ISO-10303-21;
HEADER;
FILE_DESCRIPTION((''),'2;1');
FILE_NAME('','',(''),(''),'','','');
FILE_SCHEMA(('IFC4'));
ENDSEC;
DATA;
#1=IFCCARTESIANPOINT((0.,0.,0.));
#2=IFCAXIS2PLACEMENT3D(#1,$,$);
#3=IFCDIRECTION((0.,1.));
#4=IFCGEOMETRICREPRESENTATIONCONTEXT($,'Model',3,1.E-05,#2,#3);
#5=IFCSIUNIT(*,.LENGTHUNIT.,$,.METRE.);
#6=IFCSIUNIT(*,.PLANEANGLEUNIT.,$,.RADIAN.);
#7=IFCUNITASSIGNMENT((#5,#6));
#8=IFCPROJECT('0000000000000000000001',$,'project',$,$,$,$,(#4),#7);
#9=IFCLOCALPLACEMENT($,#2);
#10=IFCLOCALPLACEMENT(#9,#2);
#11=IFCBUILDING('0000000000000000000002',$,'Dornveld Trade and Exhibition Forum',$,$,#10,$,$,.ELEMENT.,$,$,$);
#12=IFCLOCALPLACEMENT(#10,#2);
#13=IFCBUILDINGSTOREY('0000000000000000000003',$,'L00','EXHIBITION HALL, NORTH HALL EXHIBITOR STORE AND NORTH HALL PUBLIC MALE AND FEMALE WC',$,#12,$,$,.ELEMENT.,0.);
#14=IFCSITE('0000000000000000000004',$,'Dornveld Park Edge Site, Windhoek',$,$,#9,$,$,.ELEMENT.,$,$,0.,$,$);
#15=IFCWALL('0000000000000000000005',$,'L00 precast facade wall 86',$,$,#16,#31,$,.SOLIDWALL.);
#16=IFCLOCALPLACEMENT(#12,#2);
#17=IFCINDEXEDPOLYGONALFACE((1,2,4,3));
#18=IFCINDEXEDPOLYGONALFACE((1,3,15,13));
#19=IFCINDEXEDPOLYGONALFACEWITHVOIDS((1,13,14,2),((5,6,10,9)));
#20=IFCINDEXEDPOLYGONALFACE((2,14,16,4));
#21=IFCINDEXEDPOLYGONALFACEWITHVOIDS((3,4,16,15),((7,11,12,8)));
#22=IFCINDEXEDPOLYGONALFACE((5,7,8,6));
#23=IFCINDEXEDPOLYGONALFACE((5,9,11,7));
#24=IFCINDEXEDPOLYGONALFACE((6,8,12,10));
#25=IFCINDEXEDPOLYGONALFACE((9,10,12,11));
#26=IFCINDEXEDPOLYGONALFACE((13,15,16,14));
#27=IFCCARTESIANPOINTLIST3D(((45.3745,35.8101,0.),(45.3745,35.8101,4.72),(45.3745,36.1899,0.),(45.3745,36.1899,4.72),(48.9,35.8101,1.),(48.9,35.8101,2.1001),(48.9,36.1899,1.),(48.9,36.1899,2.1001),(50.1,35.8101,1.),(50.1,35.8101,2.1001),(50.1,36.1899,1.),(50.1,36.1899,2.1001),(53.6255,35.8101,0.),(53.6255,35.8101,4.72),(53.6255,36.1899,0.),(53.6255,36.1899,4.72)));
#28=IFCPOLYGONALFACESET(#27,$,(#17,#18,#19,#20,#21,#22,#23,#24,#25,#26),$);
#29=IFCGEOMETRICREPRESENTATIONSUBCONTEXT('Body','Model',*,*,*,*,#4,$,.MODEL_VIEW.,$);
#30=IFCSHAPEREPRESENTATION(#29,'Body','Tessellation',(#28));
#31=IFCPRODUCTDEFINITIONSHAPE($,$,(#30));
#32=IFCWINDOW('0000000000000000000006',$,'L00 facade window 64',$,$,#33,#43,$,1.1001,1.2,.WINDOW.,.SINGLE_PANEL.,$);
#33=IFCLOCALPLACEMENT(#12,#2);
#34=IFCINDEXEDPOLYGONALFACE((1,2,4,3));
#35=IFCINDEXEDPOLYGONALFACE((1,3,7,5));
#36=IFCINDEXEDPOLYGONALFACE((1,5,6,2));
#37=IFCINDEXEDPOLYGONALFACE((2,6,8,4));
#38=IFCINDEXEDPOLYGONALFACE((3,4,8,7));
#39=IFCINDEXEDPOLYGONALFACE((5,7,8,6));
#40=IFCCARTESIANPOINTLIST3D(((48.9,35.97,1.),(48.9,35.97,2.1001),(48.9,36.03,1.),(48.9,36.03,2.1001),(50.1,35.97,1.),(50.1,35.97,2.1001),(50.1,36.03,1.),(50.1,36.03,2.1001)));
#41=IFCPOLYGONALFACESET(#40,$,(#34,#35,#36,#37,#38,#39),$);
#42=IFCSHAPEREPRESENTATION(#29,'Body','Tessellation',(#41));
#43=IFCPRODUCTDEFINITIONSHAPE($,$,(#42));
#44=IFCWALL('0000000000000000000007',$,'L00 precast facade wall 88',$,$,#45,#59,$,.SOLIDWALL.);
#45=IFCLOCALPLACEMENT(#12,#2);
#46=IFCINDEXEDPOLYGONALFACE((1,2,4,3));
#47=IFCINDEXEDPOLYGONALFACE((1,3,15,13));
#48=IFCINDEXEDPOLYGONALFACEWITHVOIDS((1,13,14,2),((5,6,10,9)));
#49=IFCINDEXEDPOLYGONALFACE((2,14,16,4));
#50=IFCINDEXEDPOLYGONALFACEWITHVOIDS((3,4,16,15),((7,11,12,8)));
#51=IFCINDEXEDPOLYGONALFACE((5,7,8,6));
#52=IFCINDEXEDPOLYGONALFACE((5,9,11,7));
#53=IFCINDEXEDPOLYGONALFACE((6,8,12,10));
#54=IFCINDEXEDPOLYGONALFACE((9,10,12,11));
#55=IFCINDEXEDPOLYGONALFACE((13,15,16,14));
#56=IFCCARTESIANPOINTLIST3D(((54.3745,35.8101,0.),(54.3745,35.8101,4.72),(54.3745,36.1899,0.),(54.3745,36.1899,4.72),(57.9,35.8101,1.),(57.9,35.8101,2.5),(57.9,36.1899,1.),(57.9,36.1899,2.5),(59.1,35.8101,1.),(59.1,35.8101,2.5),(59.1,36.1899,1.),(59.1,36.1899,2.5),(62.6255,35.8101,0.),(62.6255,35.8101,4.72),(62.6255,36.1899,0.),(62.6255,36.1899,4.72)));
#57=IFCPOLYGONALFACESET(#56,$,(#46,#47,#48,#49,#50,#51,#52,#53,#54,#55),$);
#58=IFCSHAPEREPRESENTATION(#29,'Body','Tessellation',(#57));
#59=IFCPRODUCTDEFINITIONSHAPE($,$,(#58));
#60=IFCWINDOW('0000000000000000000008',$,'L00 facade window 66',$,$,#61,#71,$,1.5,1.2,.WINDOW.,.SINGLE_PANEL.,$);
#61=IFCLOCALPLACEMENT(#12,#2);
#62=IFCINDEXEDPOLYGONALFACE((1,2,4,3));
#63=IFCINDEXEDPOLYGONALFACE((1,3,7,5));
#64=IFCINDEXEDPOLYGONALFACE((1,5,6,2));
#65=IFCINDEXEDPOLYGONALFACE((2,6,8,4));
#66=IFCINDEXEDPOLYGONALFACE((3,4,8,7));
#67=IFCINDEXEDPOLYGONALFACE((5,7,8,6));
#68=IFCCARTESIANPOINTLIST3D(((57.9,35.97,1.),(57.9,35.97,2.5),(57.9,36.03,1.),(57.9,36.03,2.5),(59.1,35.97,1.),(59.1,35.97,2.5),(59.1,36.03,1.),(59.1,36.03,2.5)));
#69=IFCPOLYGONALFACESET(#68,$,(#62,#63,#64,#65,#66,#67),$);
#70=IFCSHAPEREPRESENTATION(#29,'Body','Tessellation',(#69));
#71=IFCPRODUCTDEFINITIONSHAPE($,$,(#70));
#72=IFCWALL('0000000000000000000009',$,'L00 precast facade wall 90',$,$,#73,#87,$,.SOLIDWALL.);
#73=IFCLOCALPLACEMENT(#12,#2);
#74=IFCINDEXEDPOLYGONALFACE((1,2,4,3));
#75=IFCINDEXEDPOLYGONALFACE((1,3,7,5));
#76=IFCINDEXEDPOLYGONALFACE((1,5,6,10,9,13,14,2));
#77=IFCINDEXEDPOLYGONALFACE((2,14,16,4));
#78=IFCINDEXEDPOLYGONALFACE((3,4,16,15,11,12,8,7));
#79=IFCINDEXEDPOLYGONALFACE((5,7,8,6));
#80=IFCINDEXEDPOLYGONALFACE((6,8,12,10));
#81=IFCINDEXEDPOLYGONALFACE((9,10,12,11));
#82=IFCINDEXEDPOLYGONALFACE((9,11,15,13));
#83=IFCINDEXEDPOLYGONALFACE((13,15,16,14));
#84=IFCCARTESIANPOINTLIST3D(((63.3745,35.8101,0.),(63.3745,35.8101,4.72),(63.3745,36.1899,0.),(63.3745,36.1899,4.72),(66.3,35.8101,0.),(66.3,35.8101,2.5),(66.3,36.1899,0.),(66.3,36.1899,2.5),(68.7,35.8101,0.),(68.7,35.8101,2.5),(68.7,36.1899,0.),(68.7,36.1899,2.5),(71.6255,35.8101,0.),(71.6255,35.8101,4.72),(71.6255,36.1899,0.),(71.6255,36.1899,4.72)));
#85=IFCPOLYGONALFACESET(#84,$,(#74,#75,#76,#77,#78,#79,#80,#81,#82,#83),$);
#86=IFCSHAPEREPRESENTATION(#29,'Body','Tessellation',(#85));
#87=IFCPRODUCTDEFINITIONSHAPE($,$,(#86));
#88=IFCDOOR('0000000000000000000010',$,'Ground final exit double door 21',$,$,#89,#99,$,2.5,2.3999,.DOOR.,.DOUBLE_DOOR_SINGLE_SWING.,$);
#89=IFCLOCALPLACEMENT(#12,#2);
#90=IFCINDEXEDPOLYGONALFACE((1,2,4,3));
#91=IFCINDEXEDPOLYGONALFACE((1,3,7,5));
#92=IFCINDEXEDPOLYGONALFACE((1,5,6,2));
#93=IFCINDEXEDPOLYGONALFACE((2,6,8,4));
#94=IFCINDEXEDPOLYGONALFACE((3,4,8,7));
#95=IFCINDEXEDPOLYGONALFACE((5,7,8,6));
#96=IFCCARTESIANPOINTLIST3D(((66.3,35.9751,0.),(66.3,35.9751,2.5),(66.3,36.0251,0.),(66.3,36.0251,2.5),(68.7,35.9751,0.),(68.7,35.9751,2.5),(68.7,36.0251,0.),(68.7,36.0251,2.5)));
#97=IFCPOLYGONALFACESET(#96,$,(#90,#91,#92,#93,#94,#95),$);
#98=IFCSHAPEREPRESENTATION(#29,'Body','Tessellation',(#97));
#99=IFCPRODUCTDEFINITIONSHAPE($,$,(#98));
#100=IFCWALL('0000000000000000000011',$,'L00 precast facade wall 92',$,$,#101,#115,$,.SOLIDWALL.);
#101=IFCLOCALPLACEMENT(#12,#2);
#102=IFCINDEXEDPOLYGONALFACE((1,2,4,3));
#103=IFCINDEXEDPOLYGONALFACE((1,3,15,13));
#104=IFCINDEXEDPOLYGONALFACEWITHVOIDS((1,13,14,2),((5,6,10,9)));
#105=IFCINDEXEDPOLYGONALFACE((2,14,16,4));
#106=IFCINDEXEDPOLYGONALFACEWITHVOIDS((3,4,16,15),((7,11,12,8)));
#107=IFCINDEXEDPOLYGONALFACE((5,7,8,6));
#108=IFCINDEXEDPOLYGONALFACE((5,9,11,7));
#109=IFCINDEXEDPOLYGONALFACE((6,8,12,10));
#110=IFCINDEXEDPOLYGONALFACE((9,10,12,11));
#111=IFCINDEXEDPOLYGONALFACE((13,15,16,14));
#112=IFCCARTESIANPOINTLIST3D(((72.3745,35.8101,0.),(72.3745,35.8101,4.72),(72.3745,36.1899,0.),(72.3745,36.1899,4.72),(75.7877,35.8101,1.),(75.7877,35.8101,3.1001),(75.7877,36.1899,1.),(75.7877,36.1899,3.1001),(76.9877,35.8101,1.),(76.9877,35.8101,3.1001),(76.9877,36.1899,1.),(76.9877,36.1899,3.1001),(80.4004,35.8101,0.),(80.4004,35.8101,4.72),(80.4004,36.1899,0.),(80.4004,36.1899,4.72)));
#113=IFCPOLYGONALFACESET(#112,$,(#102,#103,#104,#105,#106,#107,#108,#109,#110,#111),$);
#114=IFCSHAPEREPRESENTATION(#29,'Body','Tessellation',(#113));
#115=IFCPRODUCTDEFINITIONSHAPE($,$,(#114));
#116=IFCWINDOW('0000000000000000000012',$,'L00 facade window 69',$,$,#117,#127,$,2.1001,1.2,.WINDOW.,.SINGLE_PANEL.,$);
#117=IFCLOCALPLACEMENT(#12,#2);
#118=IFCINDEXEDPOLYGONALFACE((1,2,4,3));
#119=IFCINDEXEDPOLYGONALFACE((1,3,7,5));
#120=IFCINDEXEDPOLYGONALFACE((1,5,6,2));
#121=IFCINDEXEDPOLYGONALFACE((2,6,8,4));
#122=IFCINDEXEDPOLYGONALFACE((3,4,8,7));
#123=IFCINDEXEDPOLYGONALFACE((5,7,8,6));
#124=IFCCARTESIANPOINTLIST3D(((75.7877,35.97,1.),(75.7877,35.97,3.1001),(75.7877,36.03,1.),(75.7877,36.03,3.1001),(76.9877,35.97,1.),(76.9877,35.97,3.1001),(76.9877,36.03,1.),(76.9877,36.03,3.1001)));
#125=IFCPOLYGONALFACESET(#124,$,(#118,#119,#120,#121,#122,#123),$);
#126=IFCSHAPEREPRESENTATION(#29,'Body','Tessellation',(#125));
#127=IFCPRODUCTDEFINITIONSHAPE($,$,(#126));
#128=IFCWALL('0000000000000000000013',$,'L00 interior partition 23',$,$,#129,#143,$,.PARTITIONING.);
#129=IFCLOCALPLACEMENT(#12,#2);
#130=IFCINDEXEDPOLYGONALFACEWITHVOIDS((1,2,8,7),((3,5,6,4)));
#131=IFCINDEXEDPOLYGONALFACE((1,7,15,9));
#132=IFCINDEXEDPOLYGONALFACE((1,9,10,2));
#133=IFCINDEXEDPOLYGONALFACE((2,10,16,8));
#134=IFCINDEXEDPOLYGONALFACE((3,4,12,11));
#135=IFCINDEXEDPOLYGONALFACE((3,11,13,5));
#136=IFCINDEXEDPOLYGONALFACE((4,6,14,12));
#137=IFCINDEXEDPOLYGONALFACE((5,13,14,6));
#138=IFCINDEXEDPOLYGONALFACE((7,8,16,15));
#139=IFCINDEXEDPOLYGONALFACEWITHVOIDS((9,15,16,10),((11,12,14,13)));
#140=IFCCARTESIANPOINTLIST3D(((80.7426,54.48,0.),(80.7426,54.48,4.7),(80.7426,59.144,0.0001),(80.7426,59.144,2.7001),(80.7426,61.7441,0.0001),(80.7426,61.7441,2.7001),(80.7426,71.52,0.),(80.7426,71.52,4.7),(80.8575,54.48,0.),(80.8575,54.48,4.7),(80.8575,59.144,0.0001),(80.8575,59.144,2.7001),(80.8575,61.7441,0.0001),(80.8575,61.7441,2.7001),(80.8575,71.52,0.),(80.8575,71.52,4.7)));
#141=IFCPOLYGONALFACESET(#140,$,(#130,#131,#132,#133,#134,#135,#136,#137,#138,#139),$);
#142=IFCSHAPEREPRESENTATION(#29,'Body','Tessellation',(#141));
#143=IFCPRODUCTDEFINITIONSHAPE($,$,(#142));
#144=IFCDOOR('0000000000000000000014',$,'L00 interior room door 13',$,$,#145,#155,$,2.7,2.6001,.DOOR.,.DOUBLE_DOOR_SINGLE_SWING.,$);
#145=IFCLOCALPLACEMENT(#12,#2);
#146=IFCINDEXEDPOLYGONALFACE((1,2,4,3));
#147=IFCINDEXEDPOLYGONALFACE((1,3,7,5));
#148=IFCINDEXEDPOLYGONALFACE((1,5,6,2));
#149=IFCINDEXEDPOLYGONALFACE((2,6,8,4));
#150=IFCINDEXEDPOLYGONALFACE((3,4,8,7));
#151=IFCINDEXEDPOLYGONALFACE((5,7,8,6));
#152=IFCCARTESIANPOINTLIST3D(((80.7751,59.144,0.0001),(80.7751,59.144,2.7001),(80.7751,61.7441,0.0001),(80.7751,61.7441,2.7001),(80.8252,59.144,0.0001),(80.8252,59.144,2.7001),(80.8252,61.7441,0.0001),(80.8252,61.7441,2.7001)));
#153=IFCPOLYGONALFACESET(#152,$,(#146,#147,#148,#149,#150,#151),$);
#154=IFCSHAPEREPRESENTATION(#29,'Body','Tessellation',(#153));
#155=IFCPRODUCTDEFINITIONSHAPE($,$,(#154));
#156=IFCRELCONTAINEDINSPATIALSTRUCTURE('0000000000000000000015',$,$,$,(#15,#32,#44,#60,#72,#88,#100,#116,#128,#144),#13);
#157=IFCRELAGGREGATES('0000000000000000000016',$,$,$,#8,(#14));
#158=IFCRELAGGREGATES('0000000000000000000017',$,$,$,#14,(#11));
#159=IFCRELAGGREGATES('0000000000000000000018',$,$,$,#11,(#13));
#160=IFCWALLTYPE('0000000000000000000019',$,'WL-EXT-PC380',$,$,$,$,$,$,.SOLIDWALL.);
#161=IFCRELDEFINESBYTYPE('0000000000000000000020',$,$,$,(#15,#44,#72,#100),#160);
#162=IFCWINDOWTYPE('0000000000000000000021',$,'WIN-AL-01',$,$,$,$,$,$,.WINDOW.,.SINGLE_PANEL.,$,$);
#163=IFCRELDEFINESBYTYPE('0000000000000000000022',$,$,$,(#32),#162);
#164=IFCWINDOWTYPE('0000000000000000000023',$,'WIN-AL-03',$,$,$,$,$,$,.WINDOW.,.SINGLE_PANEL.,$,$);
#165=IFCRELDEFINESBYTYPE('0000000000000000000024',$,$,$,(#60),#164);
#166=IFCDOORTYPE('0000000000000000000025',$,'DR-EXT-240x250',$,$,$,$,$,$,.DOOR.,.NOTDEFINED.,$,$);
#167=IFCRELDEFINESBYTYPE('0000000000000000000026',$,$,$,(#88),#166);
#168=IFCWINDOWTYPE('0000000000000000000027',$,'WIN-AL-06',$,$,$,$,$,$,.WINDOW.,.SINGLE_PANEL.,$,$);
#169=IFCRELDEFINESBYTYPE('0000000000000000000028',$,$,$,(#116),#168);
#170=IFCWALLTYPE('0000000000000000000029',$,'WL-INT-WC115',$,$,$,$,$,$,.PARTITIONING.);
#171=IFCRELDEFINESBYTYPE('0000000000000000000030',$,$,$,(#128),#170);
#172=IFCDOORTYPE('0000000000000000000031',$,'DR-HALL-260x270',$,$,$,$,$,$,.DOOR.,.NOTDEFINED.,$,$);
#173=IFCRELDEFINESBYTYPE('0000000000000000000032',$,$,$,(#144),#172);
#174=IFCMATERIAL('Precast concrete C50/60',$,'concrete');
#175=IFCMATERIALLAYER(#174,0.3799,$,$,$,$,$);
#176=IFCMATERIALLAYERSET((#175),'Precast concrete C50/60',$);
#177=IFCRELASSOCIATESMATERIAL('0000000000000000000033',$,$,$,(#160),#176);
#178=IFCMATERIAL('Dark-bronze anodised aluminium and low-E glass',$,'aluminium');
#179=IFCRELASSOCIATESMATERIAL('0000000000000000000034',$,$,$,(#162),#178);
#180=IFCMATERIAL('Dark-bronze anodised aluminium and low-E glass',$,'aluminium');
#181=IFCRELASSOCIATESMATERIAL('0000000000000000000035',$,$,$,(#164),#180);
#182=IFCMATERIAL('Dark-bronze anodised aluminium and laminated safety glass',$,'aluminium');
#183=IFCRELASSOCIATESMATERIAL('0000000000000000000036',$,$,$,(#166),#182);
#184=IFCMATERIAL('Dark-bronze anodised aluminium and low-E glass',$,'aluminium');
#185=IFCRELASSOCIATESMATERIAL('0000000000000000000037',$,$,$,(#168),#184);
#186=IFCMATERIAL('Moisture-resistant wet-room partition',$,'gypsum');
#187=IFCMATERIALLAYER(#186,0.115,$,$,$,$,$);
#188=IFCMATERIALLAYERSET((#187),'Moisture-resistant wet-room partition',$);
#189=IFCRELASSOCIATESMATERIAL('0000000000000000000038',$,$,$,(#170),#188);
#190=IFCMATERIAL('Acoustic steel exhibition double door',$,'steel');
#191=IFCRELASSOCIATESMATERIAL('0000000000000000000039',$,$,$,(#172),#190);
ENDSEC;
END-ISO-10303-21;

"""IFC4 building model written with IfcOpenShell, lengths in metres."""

from ifc_helpers import new_model, si_unit, direction, frame, frame_2d, origin, place, context, subcontext, project, spatial, rectangle, extrude, material, layer, layer_set, type_object, element, fill, save


model = new_model("IFC4")

# Units and contexts
model_context = context("Model", 3, precision=1e-05, world=origin(), true_north=direction((0.0, 1.0)))
body_context = subcontext(model_context, "Body", "Model", "MODEL_VIEW")
ifc_project = project(units=[si_unit("LENGTHUNIT", "METRE"), si_unit("PLANEANGLEUNIT", "RADIAN")], contexts=[model_context])

# Site, building, storey
site_placement = place(None, origin())
site = spatial("IfcSite", under=ifc_project, at=site_placement, Name="Dornveld Park Edge Site, Windhoek", CompositionType="ELEMENT", RefElevation=0.0)
building_placement = place(site_placement, origin())
building = spatial("IfcBuilding", under=site, at=building_placement, Name="Dornveld Trade and Exhibition Forum", CompositionType="ELEMENT")
storey_placement = place(building_placement, origin())
storey = spatial("IfcBuildingStorey", under=building, at=storey_placement, Name="L00", Description="EXHIBITION HALL, NORTH HALL EXHIBITOR STORE AND NORTH HALL PUBLIC MALE AND FEMALE WC", CompositionType="ELEMENT", Elevation=0.0)

# Shared definitions
ifc_material_1 = material(Name="Precast concrete C50/60", Category="concrete")
ifc_layer_1 = layer(ifc_material_1, 0.3799)
ifc_layer_set_1 = layer_set([ifc_layer_1], Name="Precast concrete C50/60")
wall_type_1 = type_object("IfcWallType", Name="WL-EXT-PC380", PredefinedType="SOLIDWALL", material=ifc_layer_set_1)

# Walls, openings, windows
wall_1_placement = place(storey_placement, frame((45.3745, 36.0, 0.0), z_axis=(0.0, 0.0, 1.0), x_axis=(1.0, 0.0, 0.0)))
wall_1 = element("IfcWall", 1, at=wall_1_placement, inside=storey, type_object=wall_type_1, Name="L00 precast facade wall 86", PredefinedType="SOLIDWALL", context=body_context, shape_type="SweptSolid", body=[
    extrude(rectangle(XDim=8.251, YDim=0.3799, at=frame_2d((4.1255, 0.0))), origin(), (0.0, 0.0, 1.0), 4.72),
])
opening_1_placement = place(wall_1_placement, frame((3.5254, 0.0, 1.0)))
opening_1 = element("IfcOpeningElement", 2, at=opening_1_placement, cuts=wall_1, PredefinedType="OPENING", context=body_context, shape_type="SweptSolid", body=[
    extrude(rectangle(XDim=1.2, YDim=1.1001, at=frame_2d((0.6001, 0.55))), frame((0.0, 0.2, 0.0), z_axis=(0.0, -1.0, 0.0), x_axis=(1.0, 0.0, 0.0)), (0.0, 0.0, 1.0), 0.3999),
])
ifc_material_2 = material(Name="Dark-bronze anodised aluminium and low-E glass", Category="aluminium")
window_type_1 = type_object("IfcWindowType", Name="WIN-AL-01", PartitioningType="SINGLE_PANEL", PredefinedType="WINDOW", material=ifc_material_2)
window_1_placement = place(opening_1_placement, origin())
window_1 = element("IfcWindow", 3, at=window_1_placement, inside=storey, type_object=window_type_1, Name="L00 facade window 64", OverallHeight=1.1001, OverallWidth=1.2, PartitioningType="SINGLE_PANEL", PredefinedType="WINDOW", context=body_context, shape_type="SweptSolid", body=[
    extrude(rectangle(XDim=1.2, YDim=1.1001, at=frame_2d((0.6001, 0.55))), frame((0.0, 0.03, 0.0), z_axis=(0.0, -1.0, 0.0), x_axis=(1.0, 0.0, 0.0)), (0.0, 0.0, 1.0), 0.0601),
])
fill(opening_1, window_1)
wall_2_placement = place(storey_placement, frame((54.3745, 36.0, 0.0), z_axis=(0.0, 0.0, 1.0), x_axis=(1.0, 0.0, 0.0)))
wall_2 = element("IfcWall", 4, at=wall_2_placement, inside=storey, type_object=wall_type_1, Name="L00 precast facade wall 88", PredefinedType="SOLIDWALL", context=body_context, shape_type="SweptSolid", body=[
    extrude(rectangle(XDim=8.251, YDim=0.3799, at=frame_2d((4.1255, 0.0))), origin(), (0.0, 0.0, 1.0), 4.72),
])
opening_2_placement = place(wall_2_placement, frame((3.5254, 0.0, 1.0)))
opening_2 = element("IfcOpeningElement", 5, at=opening_2_placement, cuts=wall_2, PredefinedType="OPENING", context=body_context, shape_type="SweptSolid", body=[
    extrude(rectangle(XDim=1.2, YDim=1.5, at=frame_2d((0.6001, 0.75))), frame((0.0, 0.2, 0.0), z_axis=(0.0, -1.0, 0.0), x_axis=(1.0, 0.0, 0.0)), (0.0, 0.0, 1.0), 0.3999),
])
ifc_material_3 = material(Name="Dark-bronze anodised aluminium and low-E glass", Category="aluminium")
window_type_2 = type_object("IfcWindowType", Name="WIN-AL-03", PartitioningType="SINGLE_PANEL", PredefinedType="WINDOW", material=ifc_material_3)
window_2_placement = place(opening_2_placement, origin())
window_2 = element("IfcWindow", 6, at=window_2_placement, inside=storey, type_object=window_type_2, Name="L00 facade window 66", OverallHeight=1.5, OverallWidth=1.2, PartitioningType="SINGLE_PANEL", PredefinedType="WINDOW", context=body_context, shape_type="SweptSolid", body=[
    extrude(rectangle(XDim=1.2, YDim=1.5, at=frame_2d((0.6001, 0.75))), frame((0.0, 0.03, 0.0), z_axis=(0.0, -1.0, 0.0), x_axis=(1.0, 0.0, 0.0)), (0.0, 0.0, 1.0), 0.0601),
])
fill(opening_2, window_2)

# Wall, opening, door
wall_3_placement = place(storey_placement, frame((63.3745, 36.0, 0.0), z_axis=(0.0, 0.0, 1.0), x_axis=(1.0, 0.0, 0.0)))
wall_3 = element("IfcWall", 7, at=wall_3_placement, inside=storey, type_object=wall_type_1, Name="L00 precast facade wall 90", PredefinedType="SOLIDWALL", context=body_context, shape_type="SweptSolid", body=[
    extrude(rectangle(XDim=8.251, YDim=0.3799, at=frame_2d((4.1255, 0.0))), origin(), (0.0, 0.0, 1.0), 4.72),
])
opening_3_placement = place(wall_3_placement, frame((2.9255, 0.0, 0.0)))
opening_3 = element("IfcOpeningElement", 8, at=opening_3_placement, cuts=wall_3, PredefinedType="OPENING", context=body_context, shape_type="SweptSolid", body=[
    extrude(rectangle(XDim=2.3999, YDim=2.5, at=frame_2d((1.2, 1.25))), frame((0.0, 0.2, 0.0), z_axis=(0.0, -1.0, 0.0), x_axis=(1.0, 0.0, 0.0)), (0.0, 0.0, 1.0), 0.3999),
])
ifc_material_4 = material(Name="Dark-bronze anodised aluminium and laminated safety glass", Category="aluminium")
door_type_1 = type_object("IfcDoorType", Name="DR-EXT-240x250", OperationType="NOTDEFINED", PredefinedType="DOOR", material=ifc_material_4)
door_1_placement = place(opening_3_placement, frame((2.3999, 0.0, 0.0), z_axis=(0.0, 0.0, 1.0), x_axis=(-1.0, 0.0, 0.0)))
door_1 = element("IfcDoor", 9, at=door_1_placement, inside=storey, type_object=door_type_1, Name="Ground final exit double door 21", OperationType="DOUBLE_DOOR_SINGLE_SWING", OverallHeight=2.5, OverallWidth=2.3999, PredefinedType="DOOR", context=body_context, shape_type="SweptSolid", body=[
    extrude(rectangle(XDim=2.3999, YDim=2.5, at=frame_2d((1.2, 1.25))), frame((0.0, 0.0249, 0.0), z_axis=(0.0, -1.0, 0.0), x_axis=(1.0, 0.0, 0.0)), (0.0, 0.0, 1.0), 0.05),
])
fill(opening_3, door_1)

# Wall, opening, window
wall_4_placement = place(storey_placement, frame((72.3745, 36.0, 0.0), z_axis=(0.0, 0.0, 1.0), x_axis=(1.0, 0.0, 0.0)))
wall_4 = element("IfcWall", 10, at=wall_4_placement, inside=storey, type_object=wall_type_1, Name="L00 precast facade wall 92", PredefinedType="SOLIDWALL", context=body_context, shape_type="SweptSolid", body=[
    extrude(rectangle(XDim=8.0259, YDim=0.3799, at=frame_2d((4.0129, 0.0))), origin(), (0.0, 0.0, 1.0), 4.72),
])
opening_4_placement = place(wall_4_placement, frame((3.4131, 0.0, 1.0)))
opening_4 = element("IfcOpeningElement", 11, at=opening_4_placement, cuts=wall_4, PredefinedType="OPENING", context=body_context, shape_type="SweptSolid", body=[
    extrude(rectangle(XDim=1.2, YDim=2.1001, at=frame_2d((0.6001, 1.05))), frame((0.0, 0.2, 0.0), z_axis=(0.0, -1.0, 0.0), x_axis=(1.0, 0.0, 0.0)), (0.0, 0.0, 1.0), 0.3999),
])
ifc_material_5 = material(Name="Dark-bronze anodised aluminium and low-E glass", Category="aluminium")
window_type_3 = type_object("IfcWindowType", Name="WIN-AL-06", PartitioningType="SINGLE_PANEL", PredefinedType="WINDOW", material=ifc_material_5)
window_3_placement = place(opening_4_placement, origin())
window_3 = element("IfcWindow", 12, at=window_3_placement, inside=storey, type_object=window_type_3, Name="L00 facade window 69", OverallHeight=2.1001, OverallWidth=1.2, PartitioningType="SINGLE_PANEL", PredefinedType="WINDOW", context=body_context, shape_type="SweptSolid", body=[
    extrude(rectangle(XDim=1.2, YDim=2.1001, at=frame_2d((0.6001, 1.05))), frame((0.0, 0.03, 0.0), z_axis=(0.0, -1.0, 0.0), x_axis=(1.0, 0.0, 0.0)), (0.0, 0.0, 1.0), 0.0601),
])
fill(opening_4, window_3)

# Wall, opening, door
ifc_material_6 = material(Name="Moisture-resistant wet-room partition", Category="gypsum")
ifc_layer_2 = layer(ifc_material_6, 0.115)
ifc_layer_set_2 = layer_set([ifc_layer_2], Name="Moisture-resistant wet-room partition")
wall_type_2 = type_object("IfcWallType", Name="WL-INT-WC115", PredefinedType="PARTITIONING", material=ifc_layer_set_2)
wall_5_placement = place(storey_placement, frame((80.8, 54.48, 0.0), z_axis=(0.0, 0.0, 1.0), x_axis=(0.0, 1.0, 0.0)))
wall_5 = element("IfcWall", 13, at=wall_5_placement, inside=storey, type_object=wall_type_2, Name="L00 interior partition 23", PredefinedType="PARTITIONING", context=body_context, shape_type="SweptSolid", body=[
    extrude(rectangle(XDim=17.04, YDim=0.115, at=frame_2d((8.52, 0.0))), origin(), (0.0, 0.0, 1.0), 4.7),
])
opening_5_placement = place(wall_5_placement, frame((4.6641, 0.0, 0.0)))
opening_5 = element("IfcOpeningElement", 14, at=opening_5_placement, cuts=wall_5, PredefinedType="OPENING", context=body_context, shape_type="SweptSolid", body=[
    extrude(rectangle(XDim=2.6001, YDim=2.7, at=frame_2d((1.3, 1.3501))), frame((0.0, 0.0674, 0.0), z_axis=(0.0, -1.0, 0.0), x_axis=(1.0, 0.0, 0.0)), (0.0, 0.0, 1.0), 0.135),
])
ifc_material_7 = material(Name="Acoustic steel exhibition double door", Category="steel")
door_type_2 = type_object("IfcDoorType", Name="DR-HALL-260x270", OperationType="NOTDEFINED", PredefinedType="DOOR", material=ifc_material_7)
door_2_placement = place(opening_5_placement, origin())
door_2 = element("IfcDoor", 15, at=door_2_placement, inside=storey, type_object=door_type_2, Name="L00 interior room door 13", OperationType="DOUBLE_DOOR_SINGLE_SWING", OverallHeight=2.7, OverallWidth=2.6001, PredefinedType="DOOR", context=body_context, shape_type="SweptSolid", body=[
    extrude(rectangle(XDim=2.6001, YDim=2.7, at=frame_2d((1.3, 1.3501))), frame((0.0, 0.0249, 0.0), z_axis=(0.0, -1.0, 0.0), x_axis=(1.0, 0.0, 0.0)), (0.0, 0.0, 1.0), 0.05),
])
fill(opening_5, door_2)

save(model, "model.ifc")
